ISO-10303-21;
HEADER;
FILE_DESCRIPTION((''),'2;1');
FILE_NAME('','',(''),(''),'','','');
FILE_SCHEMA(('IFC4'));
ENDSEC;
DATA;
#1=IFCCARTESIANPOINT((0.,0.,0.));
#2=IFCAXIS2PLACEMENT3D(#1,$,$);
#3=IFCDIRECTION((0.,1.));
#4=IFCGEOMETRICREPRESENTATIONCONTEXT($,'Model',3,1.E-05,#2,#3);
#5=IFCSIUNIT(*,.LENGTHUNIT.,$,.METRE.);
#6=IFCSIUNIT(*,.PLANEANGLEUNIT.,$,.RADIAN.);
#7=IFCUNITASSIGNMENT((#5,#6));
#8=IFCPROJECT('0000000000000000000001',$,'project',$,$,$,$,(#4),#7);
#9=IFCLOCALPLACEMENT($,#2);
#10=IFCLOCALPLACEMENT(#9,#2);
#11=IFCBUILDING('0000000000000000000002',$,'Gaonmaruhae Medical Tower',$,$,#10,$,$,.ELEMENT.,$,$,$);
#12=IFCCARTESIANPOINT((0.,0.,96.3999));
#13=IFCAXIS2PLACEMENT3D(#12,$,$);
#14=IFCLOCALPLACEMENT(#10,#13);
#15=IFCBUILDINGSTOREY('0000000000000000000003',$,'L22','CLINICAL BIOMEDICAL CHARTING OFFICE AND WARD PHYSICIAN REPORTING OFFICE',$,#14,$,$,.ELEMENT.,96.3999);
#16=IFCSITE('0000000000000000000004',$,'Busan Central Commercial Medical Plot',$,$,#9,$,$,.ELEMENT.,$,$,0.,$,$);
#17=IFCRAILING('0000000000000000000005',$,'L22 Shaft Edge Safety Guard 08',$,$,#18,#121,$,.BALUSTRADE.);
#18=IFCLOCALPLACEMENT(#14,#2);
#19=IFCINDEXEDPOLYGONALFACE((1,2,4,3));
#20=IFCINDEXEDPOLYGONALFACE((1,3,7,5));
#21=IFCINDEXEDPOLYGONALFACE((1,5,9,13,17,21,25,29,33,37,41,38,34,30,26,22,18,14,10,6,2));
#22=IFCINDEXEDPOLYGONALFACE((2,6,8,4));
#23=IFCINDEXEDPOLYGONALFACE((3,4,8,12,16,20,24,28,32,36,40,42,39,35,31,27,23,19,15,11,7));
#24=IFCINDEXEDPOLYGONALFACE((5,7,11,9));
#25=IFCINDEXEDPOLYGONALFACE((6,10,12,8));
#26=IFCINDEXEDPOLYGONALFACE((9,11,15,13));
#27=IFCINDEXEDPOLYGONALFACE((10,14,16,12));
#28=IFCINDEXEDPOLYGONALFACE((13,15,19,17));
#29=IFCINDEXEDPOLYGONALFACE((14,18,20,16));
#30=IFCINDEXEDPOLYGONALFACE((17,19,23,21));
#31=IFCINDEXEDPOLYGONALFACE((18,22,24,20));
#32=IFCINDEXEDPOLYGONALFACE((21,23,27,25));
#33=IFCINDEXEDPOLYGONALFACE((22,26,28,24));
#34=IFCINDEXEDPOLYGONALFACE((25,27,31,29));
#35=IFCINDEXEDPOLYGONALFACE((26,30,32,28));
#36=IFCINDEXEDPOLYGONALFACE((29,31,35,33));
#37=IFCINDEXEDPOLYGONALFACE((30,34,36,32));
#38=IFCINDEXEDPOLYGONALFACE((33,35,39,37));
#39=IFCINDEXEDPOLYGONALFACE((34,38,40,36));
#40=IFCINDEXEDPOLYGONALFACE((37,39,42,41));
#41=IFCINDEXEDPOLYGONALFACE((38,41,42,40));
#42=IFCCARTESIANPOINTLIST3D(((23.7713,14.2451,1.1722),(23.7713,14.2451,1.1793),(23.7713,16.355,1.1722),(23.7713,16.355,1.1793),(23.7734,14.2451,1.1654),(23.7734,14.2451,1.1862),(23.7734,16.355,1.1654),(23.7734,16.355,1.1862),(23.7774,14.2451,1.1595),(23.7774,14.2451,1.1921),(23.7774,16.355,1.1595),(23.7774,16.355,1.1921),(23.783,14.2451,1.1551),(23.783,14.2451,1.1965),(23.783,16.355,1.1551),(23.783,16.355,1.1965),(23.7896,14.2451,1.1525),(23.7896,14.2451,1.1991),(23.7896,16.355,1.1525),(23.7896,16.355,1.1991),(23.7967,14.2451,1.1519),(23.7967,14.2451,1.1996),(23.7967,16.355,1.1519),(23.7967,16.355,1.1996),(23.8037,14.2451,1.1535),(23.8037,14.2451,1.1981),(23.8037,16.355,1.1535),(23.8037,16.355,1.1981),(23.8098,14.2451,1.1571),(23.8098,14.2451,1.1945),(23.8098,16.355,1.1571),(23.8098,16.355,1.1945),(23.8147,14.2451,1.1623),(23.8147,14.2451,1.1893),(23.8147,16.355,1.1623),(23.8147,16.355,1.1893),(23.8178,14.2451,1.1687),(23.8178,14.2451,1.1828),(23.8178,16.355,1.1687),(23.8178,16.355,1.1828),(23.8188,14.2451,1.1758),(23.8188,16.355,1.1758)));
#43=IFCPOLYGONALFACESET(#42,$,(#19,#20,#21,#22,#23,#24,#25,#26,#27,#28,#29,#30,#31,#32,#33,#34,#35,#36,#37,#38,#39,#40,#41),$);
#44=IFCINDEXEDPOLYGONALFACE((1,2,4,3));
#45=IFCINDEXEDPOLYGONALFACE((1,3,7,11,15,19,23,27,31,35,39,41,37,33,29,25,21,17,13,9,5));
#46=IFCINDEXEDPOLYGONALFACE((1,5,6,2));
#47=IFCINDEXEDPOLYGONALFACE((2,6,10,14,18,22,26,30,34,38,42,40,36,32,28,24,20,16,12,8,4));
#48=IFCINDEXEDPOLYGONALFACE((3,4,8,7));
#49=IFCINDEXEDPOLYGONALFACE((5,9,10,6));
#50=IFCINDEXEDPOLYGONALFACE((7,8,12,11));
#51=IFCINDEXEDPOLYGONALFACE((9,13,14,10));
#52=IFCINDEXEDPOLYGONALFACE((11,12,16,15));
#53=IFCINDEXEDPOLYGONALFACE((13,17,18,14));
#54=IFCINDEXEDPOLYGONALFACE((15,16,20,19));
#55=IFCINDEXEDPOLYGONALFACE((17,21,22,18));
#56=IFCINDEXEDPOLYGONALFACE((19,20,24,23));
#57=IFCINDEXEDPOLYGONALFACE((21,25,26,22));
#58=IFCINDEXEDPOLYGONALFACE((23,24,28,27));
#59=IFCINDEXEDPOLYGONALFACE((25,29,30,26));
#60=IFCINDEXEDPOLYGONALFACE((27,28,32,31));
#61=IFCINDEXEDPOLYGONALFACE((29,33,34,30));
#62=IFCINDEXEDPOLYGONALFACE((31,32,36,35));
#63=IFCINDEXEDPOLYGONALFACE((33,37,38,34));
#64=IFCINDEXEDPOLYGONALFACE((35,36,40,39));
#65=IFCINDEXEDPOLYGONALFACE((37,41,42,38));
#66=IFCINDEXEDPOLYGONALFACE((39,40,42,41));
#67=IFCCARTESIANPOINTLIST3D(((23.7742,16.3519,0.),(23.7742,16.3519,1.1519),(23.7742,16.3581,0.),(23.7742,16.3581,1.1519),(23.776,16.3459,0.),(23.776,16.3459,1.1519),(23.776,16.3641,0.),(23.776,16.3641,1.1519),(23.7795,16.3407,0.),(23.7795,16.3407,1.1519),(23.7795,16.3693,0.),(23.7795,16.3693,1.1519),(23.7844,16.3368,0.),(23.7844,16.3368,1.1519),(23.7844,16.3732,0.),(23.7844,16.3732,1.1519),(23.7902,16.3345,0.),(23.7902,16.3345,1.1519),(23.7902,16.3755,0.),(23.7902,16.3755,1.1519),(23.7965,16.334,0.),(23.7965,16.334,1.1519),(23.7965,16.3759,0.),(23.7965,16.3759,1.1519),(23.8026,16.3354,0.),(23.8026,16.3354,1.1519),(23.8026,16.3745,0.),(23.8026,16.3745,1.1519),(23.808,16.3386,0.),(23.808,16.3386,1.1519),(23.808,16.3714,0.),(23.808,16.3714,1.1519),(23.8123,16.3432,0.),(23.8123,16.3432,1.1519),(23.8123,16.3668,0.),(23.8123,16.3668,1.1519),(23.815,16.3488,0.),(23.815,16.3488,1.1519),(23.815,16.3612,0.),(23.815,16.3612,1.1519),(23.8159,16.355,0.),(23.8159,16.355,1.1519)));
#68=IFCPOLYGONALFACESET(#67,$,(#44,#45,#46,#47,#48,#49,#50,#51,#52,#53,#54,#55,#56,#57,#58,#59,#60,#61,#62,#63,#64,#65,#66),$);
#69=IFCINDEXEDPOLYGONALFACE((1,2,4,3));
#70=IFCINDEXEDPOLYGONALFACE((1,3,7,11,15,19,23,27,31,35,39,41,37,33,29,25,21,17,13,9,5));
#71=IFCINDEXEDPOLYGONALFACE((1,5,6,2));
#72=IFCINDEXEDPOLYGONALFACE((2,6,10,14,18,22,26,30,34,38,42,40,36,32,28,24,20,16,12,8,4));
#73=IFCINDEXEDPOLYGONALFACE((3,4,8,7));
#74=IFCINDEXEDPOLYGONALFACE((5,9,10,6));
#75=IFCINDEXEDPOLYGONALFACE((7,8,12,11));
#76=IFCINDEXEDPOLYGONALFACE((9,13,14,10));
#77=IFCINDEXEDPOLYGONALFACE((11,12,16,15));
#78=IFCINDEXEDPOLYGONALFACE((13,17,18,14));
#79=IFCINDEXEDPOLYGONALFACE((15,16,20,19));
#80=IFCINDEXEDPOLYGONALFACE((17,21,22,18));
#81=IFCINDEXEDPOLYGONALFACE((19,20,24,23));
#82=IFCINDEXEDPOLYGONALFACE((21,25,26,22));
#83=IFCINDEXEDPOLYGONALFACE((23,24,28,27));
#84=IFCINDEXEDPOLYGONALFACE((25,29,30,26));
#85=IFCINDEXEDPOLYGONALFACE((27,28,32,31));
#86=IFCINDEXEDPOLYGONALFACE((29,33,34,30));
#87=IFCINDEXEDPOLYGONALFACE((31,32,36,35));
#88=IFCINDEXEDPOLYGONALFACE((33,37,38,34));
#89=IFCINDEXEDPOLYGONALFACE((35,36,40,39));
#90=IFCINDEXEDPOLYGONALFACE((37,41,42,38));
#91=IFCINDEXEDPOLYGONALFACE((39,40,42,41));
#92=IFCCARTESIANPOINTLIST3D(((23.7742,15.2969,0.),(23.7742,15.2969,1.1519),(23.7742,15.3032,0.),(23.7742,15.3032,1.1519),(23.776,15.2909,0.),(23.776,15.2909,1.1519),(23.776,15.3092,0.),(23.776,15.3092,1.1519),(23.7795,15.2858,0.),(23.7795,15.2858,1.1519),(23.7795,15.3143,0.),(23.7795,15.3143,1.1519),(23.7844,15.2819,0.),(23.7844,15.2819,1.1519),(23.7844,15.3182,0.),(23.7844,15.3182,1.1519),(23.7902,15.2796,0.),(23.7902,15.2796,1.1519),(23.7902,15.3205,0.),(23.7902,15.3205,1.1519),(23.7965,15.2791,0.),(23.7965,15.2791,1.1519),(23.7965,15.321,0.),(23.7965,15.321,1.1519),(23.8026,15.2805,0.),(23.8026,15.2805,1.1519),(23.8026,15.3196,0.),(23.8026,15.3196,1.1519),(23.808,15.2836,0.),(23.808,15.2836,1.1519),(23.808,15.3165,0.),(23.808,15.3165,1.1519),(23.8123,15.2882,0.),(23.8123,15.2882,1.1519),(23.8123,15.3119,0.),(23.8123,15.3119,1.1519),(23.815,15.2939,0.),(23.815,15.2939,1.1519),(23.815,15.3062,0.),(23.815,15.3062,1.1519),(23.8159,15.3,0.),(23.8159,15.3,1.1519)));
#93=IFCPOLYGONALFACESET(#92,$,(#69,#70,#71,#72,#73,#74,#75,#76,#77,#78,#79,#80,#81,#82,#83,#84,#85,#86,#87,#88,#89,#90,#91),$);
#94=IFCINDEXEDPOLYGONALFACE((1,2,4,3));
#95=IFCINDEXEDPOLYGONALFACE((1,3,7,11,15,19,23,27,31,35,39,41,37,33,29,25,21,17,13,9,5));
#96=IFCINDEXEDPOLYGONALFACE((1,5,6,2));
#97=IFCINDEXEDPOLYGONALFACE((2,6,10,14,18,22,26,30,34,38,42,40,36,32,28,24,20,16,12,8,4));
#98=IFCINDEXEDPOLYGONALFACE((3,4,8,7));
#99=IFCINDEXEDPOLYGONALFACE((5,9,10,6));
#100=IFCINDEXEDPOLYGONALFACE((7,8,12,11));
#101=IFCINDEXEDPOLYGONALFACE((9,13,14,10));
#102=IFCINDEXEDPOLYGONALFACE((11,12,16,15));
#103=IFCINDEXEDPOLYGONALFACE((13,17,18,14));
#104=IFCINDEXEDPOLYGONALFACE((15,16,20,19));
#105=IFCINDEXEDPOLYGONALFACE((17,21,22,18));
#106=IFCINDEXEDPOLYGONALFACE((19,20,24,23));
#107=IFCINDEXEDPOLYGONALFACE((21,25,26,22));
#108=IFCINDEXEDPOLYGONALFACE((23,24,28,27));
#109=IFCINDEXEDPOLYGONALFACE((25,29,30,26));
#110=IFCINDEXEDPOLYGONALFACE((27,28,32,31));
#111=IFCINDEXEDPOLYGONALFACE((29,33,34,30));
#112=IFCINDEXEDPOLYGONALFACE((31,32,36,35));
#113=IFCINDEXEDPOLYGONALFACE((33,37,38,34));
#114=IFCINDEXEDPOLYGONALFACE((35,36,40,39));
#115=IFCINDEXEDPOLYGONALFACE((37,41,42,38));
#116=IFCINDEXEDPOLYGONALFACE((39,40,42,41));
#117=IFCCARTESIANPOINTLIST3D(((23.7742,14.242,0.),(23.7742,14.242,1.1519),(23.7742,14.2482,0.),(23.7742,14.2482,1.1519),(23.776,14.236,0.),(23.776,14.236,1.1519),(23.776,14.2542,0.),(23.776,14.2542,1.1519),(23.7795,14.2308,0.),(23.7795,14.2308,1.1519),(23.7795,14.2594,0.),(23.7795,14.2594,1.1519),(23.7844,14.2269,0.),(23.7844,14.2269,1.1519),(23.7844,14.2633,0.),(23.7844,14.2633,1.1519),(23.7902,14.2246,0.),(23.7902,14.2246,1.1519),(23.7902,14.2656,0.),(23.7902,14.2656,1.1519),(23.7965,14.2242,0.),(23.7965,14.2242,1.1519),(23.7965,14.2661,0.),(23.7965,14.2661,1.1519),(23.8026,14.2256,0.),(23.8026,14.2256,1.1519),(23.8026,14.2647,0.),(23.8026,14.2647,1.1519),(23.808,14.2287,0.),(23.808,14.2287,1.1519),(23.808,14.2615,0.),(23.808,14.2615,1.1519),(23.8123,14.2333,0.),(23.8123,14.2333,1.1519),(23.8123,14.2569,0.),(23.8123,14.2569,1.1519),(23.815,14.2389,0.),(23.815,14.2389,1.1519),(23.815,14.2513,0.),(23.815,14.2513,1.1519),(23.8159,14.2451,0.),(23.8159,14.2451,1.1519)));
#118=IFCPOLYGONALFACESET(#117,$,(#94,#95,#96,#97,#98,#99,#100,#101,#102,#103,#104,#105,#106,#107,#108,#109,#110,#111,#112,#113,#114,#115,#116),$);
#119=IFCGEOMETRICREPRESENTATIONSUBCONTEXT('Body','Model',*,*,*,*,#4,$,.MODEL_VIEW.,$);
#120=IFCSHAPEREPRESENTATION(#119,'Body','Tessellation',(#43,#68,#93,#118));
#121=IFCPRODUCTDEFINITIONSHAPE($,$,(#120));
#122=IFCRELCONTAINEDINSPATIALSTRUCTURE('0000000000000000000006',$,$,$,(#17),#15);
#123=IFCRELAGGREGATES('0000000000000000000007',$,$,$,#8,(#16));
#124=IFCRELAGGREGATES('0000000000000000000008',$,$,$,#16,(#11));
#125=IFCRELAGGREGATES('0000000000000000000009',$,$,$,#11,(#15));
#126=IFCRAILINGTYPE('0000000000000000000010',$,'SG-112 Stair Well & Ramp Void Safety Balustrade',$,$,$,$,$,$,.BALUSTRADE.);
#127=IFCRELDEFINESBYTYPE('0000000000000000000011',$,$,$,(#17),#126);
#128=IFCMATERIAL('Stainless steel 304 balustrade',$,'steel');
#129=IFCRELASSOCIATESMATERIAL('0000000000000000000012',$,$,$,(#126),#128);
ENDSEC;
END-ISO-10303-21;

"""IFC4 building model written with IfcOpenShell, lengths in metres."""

from ifc_helpers import new_model, si_unit, direction, frame, origin, origin_2d, place, context, subcontext, project, spatial, circle, extrude, material, type_object, element, save


model = new_model("IFC4")

# Units and contexts
model_context = context("Model", 3, precision=1e-05, world=origin(), true_north=direction((0.0, 1.0)))
body_context = subcontext(model_context, "Body", "Model", "MODEL_VIEW")
ifc_project = project(units=[si_unit("LENGTHUNIT", "METRE"), si_unit("PLANEANGLEUNIT", "RADIAN")], contexts=[model_context])

# Site, building, storey
site_placement = place(None, origin())
site = spatial("IfcSite", under=ifc_project, at=site_placement, Name="Busan Central Commercial Medical Plot", CompositionType="ELEMENT", RefElevation=0.0)
building_placement = place(site_placement, origin())
building = spatial("IfcBuilding", under=site, at=building_placement, Name="Gaonmaruhae Medical Tower", CompositionType="ELEMENT")
storey_placement = place(building_placement, frame((0.0, 0.0, 96.3999)))
storey = spatial("IfcBuildingStorey", under=building, at=storey_placement, Name="L22", Description="CLINICAL BIOMEDICAL CHARTING OFFICE AND WARD PHYSICIAN REPORTING OFFICE", CompositionType="ELEMENT", Elevation=96.3999)

# Railing
ifc_material_1 = material(Name="Stainless steel 304 balustrade", Category="steel")
railing_type_1 = type_object("IfcRailingType", Name="SG-112 Stair Well & Ramp Void Safety Balustrade", PredefinedType="BALUSTRADE", material=ifc_material_1)
railing_1_placement = place(storey_placement, frame((23.7949, 16.355, 0.0)))
element("IfcRailing", 1, at=railing_1_placement, inside=storey, type_object=railing_type_1, Name="L22 Shaft Edge Safety Guard 08", PredefinedType="BALUSTRADE", context=body_context, shape_type="SweptSolid", body=[
    extrude(circle(Radius=0.0239, at=origin_2d()), frame((0.0, 0.0, 1.1758), z_axis=(0.0, -1.0, 0.0), x_axis=(1.0, 0.0, 0.0)), (0.0, 0.0, 1.0), 2.1099),
    extrude(circle(Radius=0.021, at=origin_2d()), origin(), (0.0, 0.0, 1.0), 1.1519),
    extrude(circle(Radius=0.021, at=origin_2d()), frame((0.0, -1.0549, 0.0)), (0.0, 0.0, 1.0), 1.1519),
    extrude(circle(Radius=0.021, at=origin_2d()), frame((0.0, -2.1099, 0.0)), (0.0, 0.0, 1.0), 1.1519),
])

save(model, "model.ifc")
